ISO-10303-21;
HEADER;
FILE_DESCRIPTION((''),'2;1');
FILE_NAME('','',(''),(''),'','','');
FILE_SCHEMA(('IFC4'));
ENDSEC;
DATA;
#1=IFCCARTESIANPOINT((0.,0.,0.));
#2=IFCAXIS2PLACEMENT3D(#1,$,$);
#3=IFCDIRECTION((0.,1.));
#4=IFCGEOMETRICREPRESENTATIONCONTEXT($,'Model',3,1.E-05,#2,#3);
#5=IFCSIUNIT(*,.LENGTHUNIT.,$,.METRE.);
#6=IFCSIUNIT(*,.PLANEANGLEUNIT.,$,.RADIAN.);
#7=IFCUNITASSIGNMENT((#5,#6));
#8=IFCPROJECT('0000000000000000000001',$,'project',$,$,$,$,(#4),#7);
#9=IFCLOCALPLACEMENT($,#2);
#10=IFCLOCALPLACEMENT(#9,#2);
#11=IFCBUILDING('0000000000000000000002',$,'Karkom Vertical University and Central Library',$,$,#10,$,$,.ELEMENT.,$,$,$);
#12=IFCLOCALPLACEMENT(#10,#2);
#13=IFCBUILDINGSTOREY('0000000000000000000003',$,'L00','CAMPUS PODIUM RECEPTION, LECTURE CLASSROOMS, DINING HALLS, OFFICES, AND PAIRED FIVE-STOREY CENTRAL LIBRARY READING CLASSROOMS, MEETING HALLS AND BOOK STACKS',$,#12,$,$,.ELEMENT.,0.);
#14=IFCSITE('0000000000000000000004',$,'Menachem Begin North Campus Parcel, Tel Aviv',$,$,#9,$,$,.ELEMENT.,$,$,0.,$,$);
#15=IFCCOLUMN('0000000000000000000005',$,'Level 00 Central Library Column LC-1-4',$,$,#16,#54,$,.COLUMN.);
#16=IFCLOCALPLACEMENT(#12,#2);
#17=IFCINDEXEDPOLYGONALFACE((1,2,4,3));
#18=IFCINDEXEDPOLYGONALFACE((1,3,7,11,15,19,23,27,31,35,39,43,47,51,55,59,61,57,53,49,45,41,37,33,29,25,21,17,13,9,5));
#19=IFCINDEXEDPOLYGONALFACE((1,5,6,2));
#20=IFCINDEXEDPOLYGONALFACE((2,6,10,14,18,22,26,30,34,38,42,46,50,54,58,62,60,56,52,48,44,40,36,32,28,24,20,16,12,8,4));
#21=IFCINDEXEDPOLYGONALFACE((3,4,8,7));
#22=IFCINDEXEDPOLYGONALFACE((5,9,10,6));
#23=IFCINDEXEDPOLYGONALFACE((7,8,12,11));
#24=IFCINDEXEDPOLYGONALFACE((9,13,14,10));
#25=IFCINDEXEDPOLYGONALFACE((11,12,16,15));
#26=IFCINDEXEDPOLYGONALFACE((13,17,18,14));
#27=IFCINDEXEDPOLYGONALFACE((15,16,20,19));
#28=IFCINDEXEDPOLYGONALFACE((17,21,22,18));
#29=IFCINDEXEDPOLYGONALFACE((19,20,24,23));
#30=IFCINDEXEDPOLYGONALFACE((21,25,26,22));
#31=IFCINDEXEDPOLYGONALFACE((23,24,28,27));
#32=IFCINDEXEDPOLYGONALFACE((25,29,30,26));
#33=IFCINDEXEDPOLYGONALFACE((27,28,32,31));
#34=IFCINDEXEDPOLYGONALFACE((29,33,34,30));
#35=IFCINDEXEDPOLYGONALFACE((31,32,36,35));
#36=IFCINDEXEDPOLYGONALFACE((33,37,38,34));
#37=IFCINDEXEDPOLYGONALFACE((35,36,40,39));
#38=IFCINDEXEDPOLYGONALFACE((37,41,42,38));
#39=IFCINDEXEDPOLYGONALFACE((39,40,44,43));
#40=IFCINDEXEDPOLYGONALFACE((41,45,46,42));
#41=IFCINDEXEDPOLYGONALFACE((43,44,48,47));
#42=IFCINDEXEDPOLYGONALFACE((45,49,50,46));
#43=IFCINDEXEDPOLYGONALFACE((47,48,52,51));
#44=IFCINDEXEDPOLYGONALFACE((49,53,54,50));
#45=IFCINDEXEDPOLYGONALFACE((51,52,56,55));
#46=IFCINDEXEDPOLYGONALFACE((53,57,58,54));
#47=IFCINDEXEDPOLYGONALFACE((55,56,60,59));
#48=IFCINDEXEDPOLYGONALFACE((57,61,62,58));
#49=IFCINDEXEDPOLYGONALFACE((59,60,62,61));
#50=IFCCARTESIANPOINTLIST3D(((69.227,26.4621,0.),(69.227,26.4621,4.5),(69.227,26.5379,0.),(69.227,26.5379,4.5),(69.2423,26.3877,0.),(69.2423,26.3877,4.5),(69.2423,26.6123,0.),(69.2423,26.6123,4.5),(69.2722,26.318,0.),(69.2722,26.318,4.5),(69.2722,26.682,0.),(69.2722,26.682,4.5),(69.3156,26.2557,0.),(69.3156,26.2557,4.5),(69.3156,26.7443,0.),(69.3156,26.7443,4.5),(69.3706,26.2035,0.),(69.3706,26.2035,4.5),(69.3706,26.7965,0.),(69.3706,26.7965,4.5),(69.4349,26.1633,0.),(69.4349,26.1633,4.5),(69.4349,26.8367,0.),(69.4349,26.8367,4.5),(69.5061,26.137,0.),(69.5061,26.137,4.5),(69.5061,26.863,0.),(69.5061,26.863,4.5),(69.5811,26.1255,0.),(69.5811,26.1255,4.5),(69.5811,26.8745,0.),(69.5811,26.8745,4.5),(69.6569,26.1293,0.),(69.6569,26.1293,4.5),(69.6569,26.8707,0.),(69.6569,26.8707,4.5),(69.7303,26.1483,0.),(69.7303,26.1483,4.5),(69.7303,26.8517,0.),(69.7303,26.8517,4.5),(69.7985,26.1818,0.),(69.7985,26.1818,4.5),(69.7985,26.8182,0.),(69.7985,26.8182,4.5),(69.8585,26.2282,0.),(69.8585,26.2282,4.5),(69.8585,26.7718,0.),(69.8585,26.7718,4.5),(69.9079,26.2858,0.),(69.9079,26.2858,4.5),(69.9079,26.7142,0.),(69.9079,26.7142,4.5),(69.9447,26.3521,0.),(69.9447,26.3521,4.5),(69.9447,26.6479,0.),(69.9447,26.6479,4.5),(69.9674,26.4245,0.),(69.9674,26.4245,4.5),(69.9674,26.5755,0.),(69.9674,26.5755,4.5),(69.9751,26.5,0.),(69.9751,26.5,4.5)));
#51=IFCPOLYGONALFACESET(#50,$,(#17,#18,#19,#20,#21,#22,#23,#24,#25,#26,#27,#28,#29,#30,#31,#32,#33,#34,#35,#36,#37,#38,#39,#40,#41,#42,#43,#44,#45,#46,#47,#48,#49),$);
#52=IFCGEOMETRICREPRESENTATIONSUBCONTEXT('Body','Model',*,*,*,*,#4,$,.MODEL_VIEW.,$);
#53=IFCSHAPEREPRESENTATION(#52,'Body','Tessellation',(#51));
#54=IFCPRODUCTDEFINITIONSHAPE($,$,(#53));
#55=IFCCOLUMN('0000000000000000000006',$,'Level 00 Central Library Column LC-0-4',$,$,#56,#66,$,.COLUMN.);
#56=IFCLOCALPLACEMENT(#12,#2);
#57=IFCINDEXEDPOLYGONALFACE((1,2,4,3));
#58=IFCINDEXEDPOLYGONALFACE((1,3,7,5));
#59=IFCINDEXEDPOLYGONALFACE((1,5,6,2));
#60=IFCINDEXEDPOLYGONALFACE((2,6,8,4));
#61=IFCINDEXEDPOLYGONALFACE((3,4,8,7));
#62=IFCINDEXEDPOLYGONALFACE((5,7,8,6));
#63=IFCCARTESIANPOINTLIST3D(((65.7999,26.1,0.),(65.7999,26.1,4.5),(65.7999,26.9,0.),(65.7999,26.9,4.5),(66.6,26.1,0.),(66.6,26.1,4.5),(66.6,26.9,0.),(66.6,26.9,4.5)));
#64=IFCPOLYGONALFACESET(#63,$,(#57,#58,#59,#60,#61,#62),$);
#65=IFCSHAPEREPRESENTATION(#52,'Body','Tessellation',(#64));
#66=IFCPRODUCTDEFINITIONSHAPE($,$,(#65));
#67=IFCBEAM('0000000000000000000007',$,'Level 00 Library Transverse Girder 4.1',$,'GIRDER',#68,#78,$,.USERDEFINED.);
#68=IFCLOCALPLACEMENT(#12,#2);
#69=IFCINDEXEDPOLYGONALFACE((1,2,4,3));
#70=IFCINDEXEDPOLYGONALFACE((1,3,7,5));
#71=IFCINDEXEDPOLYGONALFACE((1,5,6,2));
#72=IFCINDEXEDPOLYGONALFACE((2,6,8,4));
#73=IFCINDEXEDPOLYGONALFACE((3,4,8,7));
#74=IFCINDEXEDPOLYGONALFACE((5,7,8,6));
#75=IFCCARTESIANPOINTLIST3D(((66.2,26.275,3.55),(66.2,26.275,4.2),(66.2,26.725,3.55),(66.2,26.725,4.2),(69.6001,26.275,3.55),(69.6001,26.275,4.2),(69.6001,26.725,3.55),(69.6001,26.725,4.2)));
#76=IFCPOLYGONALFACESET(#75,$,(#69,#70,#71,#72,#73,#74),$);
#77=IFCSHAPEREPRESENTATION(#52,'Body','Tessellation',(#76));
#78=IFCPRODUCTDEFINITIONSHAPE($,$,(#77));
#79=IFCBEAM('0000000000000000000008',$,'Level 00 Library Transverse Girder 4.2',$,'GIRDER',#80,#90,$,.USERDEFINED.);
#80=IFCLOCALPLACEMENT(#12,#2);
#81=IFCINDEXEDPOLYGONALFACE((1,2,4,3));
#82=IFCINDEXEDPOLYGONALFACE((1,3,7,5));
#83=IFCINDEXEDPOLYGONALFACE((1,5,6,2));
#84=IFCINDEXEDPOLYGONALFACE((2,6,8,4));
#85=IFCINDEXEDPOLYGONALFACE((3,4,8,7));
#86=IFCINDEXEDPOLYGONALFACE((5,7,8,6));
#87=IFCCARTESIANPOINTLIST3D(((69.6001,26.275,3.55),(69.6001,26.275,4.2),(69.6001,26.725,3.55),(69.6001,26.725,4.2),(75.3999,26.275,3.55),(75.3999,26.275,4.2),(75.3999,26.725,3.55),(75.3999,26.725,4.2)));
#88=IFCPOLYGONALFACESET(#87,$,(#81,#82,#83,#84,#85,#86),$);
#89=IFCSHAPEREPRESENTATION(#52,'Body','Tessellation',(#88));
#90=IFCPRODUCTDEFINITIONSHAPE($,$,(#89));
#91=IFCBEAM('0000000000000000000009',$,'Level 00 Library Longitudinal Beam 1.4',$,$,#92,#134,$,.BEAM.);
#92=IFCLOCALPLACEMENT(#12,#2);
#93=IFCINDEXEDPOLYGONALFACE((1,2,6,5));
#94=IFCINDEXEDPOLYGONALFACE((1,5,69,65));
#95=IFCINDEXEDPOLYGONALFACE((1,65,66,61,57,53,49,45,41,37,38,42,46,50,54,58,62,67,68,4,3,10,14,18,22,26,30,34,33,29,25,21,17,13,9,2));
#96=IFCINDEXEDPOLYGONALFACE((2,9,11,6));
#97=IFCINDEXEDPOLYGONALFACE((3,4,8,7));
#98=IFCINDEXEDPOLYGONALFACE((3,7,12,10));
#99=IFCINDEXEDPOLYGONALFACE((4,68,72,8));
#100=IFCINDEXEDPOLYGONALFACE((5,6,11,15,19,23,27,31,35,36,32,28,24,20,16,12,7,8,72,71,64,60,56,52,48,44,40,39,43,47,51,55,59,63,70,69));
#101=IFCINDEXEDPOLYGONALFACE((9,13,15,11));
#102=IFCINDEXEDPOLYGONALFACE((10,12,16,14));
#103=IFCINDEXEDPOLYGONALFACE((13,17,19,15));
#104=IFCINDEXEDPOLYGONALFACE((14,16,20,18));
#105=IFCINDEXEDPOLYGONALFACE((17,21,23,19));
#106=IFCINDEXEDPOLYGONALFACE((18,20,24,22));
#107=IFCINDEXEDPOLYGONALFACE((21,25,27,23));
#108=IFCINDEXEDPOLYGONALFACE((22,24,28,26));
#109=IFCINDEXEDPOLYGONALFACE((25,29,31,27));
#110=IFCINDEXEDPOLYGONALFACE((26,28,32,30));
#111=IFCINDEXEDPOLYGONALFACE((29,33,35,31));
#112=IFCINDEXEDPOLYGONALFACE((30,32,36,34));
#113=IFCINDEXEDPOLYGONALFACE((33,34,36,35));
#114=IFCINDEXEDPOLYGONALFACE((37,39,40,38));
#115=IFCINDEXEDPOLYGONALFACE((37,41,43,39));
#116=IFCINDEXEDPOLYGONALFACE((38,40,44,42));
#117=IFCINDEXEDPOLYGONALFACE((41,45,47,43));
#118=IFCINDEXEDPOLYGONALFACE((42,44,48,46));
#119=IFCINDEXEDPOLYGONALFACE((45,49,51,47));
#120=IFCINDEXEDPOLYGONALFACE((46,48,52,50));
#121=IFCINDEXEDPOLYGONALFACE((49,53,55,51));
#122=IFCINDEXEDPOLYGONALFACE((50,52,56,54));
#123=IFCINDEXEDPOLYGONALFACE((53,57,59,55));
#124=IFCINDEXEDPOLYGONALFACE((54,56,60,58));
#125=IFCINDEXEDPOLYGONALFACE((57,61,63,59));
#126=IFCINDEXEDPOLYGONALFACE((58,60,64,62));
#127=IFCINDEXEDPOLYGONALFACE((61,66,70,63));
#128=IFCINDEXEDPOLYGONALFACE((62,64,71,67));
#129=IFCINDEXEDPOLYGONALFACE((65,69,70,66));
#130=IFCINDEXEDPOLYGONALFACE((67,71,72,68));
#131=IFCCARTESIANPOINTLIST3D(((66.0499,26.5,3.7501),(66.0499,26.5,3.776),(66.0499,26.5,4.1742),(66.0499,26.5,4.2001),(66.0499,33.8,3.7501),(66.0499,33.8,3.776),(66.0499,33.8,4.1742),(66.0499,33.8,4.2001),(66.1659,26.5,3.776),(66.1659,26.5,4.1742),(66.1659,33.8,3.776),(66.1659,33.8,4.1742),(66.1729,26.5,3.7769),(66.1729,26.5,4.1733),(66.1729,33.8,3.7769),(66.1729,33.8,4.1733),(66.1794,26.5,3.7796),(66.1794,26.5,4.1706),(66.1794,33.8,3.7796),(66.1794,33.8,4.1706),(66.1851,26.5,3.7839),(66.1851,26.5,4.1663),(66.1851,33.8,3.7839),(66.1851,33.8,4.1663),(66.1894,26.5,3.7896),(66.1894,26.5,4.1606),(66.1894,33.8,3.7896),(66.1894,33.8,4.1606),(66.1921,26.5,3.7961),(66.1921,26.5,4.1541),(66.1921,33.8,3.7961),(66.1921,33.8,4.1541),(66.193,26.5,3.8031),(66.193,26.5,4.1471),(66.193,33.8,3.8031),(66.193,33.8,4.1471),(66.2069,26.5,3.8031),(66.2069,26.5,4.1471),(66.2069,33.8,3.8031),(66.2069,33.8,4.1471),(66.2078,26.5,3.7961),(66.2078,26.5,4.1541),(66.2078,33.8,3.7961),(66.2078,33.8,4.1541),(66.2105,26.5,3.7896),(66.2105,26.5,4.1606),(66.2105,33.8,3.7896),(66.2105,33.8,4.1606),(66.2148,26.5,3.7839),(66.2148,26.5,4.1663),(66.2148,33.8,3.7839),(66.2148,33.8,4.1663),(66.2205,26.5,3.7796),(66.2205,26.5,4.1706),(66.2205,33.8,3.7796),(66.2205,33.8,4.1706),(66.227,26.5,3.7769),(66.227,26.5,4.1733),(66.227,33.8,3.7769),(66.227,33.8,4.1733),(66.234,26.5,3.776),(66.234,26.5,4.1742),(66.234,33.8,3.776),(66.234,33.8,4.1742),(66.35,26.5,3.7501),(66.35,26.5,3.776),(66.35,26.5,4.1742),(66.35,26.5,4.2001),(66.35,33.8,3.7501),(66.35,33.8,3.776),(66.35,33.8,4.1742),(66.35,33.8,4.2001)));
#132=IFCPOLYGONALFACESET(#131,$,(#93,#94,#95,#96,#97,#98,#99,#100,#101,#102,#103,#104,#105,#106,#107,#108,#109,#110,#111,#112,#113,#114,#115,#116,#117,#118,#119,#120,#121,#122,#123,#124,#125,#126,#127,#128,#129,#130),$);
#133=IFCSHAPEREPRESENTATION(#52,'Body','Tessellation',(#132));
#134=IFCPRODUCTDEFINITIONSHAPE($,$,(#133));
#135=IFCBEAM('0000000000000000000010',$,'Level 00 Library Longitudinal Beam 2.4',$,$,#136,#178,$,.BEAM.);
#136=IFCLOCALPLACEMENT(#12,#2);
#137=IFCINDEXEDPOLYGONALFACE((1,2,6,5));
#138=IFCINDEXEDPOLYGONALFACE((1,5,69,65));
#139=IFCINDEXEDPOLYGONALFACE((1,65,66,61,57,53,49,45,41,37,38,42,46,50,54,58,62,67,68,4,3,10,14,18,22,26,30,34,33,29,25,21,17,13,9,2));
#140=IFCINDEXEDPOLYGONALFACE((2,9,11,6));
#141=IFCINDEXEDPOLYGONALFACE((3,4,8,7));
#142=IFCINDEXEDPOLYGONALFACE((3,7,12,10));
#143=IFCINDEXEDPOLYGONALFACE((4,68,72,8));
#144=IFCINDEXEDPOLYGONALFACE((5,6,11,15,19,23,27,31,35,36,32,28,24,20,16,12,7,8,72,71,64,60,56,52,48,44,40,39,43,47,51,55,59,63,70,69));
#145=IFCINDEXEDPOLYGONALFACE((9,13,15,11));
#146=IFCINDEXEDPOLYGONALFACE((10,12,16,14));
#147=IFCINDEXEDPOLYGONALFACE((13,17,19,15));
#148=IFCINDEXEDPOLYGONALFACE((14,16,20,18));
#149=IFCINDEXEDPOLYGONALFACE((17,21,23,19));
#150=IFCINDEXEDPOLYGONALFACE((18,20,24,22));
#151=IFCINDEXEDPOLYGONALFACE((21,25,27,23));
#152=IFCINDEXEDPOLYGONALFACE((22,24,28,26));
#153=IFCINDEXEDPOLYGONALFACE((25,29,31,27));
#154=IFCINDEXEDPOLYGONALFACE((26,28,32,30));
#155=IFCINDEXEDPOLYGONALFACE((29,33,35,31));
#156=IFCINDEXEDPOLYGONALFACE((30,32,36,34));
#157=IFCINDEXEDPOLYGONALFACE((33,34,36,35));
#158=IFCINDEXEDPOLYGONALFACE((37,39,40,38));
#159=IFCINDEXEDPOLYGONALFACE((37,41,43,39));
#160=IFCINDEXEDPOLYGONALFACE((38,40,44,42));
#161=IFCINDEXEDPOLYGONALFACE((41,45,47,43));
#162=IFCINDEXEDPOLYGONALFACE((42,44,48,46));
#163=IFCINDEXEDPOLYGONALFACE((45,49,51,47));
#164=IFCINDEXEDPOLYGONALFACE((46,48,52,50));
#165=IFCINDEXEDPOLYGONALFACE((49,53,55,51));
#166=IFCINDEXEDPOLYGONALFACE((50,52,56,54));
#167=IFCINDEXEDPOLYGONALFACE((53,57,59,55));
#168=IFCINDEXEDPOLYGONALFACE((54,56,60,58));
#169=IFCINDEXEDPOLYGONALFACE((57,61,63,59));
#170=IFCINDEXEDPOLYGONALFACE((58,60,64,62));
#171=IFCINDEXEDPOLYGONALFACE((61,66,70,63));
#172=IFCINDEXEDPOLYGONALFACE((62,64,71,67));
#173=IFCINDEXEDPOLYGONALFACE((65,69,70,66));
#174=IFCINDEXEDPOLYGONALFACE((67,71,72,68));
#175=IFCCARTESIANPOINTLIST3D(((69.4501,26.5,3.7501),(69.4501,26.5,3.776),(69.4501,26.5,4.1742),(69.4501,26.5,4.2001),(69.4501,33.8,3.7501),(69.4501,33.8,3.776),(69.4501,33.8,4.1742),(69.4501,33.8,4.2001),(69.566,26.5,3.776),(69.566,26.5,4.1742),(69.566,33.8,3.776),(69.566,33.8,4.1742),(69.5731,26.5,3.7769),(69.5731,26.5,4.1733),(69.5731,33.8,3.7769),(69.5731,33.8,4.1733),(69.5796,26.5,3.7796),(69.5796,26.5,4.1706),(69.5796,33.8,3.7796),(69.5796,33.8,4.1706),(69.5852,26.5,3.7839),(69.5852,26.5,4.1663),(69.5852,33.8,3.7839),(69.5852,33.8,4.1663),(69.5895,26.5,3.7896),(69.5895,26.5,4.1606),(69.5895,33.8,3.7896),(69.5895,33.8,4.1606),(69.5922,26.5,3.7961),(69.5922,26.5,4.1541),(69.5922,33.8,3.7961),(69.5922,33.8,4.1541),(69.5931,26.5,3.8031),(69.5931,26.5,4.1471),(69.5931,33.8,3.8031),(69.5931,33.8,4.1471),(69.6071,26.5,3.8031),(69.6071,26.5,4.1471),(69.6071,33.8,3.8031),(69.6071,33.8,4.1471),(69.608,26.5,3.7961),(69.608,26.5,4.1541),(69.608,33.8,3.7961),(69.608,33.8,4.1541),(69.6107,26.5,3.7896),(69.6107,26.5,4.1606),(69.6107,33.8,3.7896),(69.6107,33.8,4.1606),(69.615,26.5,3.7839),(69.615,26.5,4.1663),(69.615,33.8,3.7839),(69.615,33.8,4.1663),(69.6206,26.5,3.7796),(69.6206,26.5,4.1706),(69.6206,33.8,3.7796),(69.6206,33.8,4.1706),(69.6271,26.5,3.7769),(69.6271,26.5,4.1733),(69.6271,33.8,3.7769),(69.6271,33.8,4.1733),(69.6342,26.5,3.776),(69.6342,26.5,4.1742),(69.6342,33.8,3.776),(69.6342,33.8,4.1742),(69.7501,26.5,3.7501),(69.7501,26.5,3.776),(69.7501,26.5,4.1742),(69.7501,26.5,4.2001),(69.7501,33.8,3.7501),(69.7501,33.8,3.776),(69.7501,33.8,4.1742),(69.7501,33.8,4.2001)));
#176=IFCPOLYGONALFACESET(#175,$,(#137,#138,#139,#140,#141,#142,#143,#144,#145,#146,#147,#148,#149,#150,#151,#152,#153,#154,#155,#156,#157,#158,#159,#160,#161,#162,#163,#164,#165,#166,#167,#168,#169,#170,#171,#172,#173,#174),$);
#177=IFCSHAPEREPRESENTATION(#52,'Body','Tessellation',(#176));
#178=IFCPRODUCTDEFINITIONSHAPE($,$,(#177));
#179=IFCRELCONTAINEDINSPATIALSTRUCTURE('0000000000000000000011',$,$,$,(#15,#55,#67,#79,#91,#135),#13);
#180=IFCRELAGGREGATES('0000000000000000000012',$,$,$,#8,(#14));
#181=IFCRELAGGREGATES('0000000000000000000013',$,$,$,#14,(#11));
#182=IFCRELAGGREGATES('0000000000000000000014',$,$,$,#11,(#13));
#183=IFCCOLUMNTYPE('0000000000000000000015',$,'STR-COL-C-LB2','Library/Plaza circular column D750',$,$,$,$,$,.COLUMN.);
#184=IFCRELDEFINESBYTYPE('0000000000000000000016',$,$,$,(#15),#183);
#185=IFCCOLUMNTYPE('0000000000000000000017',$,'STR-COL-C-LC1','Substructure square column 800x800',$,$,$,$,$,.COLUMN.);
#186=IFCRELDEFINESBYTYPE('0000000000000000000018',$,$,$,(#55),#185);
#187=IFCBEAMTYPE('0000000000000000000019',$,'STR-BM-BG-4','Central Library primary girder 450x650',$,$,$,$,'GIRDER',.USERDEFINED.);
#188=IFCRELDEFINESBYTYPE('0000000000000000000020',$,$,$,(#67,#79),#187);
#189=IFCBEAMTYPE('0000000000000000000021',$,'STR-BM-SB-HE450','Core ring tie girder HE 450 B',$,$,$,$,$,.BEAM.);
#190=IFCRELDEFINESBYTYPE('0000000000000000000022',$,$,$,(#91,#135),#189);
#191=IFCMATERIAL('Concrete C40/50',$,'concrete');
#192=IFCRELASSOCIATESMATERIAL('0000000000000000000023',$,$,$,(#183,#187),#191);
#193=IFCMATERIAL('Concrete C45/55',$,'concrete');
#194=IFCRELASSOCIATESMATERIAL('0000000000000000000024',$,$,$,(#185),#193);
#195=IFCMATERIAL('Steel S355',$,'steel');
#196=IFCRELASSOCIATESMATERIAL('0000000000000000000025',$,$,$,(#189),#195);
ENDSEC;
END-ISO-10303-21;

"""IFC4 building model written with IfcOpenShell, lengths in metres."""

from ifc_helpers import new_model, si_unit, direction, frame, origin, origin_with_axes, origin_2d, place, context, subcontext, project, spatial, rectangle, circle, i_section, extrude, source, transform, mapped, material, material_profile, profile_set, type_object, element, save


model = new_model("IFC4")

# Units and contexts
model_context = context("Model", 3, precision=1e-05, world=origin(), true_north=direction((0.0, 1.0)))
body_context = subcontext(model_context, "Body", "Model", "MODEL_VIEW")
ifc_project = project(units=[si_unit("LENGTHUNIT", "METRE"), si_unit("PLANEANGLEUNIT", "RADIAN")], contexts=[model_context])

# Site, building, storey
site_placement = place(None, origin())
site = spatial("IfcSite", under=ifc_project, at=site_placement, Name="Menachem Begin North Campus Parcel, Tel Aviv", CompositionType="ELEMENT", RefElevation=0.0)
building_placement = place(site_placement, origin())
building = spatial("IfcBuilding", under=site, at=building_placement, Name="Karkom Vertical University and Central Library", CompositionType="ELEMENT")
storey_placement = place(building_placement, origin())
storey = spatial("IfcBuildingStorey", under=building, at=storey_placement, Name="L00", Description="CAMPUS PODIUM RECEPTION, LECTURE CLASSROOMS, DINING HALLS, OFFICES, AND PAIRED FIVE-STOREY CENTRAL LIBRARY READING CLASSROOMS, MEETING HALLS AND BOOK STACKS", CompositionType="ELEMENT", Elevation=0.0)

# Columns
ifc_material_1 = material(Name="Concrete C40/50", Category="concrete")
ifc_material_profile_1 = material_profile(ifc_material_1, circle(Radius=0.375, at=origin_2d()), Name="RC-D750")
ifc_profile_set_1 = profile_set([ifc_material_profile_1], Name="Concrete C40/50")
column_type_1 = type_object("IfcColumnType", Name="STR-COL-C-LB2", Description="Library/Plaza circular column D750", PredefinedType="COLUMN", material=ifc_profile_set_1)
shared_shape_1 = source(origin_with_axes(), body_context, "Body", "SweptSolid", [
    extrude(circle(Radius=0.375, at=origin_2d()), origin(), (0.0, 0.0, 1.0), 4.5),
])
column_1_placement = place(storey_placement, frame((69.6001, 26.5, 0.0), z_axis=(0.0, 0.0, 1.0), x_axis=(1.0, 0.0, 0.0)))
element("IfcColumn", 1, at=column_1_placement, inside=storey, type_object=column_type_1, Name="Level 00 Central Library Column LC-1-4", PredefinedType="COLUMN", context=body_context, shape_type="MappedRepresentation", body=[
    mapped(shared_shape_1, transform((0.0, 0.0, 0.0), scale=1.0)),
])
ifc_material_2 = material(Name="Concrete C45/55", Category="concrete")
ifc_material_profile_2 = material_profile(ifc_material_2, rectangle(XDim=0.8, YDim=0.8, at=origin_2d()), Name="RC-800x800")
ifc_profile_set_2 = profile_set([ifc_material_profile_2], Name="Concrete C45/55")
column_type_2 = type_object("IfcColumnType", Name="STR-COL-C-LC1", Description="Substructure square column 800x800", PredefinedType="COLUMN", material=ifc_profile_set_2)
shared_shape_2 = source(origin_with_axes(), body_context, "Body", "SweptSolid", [
    extrude(rectangle(XDim=0.8, YDim=0.8, at=origin_2d()), origin(), (0.0, 0.0, 1.0), 4.5),
])
column_2_placement = place(storey_placement, frame((66.2, 26.5, 0.0), z_axis=(0.0, 0.0, 1.0), x_axis=(1.0, 0.0, 0.0)))
element("IfcColumn", 2, at=column_2_placement, inside=storey, type_object=column_type_2, Name="Level 00 Central Library Column LC-0-4", PredefinedType="COLUMN", context=body_context, shape_type="MappedRepresentation", body=[
    mapped(shared_shape_2, transform((0.0, 0.0, 0.0), scale=1.0)),
])

# Beams
ifc_material_profile_3 = material_profile(ifc_material_1, rectangle(XDim=0.45, YDim=0.6499, at=origin_2d()), Name="RCB-450x650")
ifc_profile_set_3 = profile_set([ifc_material_profile_3], Name="Concrete C40/50")
beam_type_1 = type_object("IfcBeamType", Name="STR-BM-BG-4", Description="Central Library primary girder 450x650", ElementType="GIRDER", PredefinedType="USERDEFINED", material=ifc_profile_set_3)
shared_shape_3 = source(origin_with_axes(), body_context, "Body", "SweptSolid", [
    extrude(rectangle(XDim=0.45, YDim=0.6499, at=origin_2d()), origin(), (0.0, 0.0, 1.0), 3.4001),
])
beam_1_placement = place(storey_placement, frame((66.2, 26.5, 3.875), z_axis=(1.0, 0.0, 0.0), x_axis=(0.0, 1.0, 0.0)))
element("IfcBeam", 3, at=beam_1_placement, inside=storey, type_object=beam_type_1, Name="Level 00 Library Transverse Girder 4.1", ObjectType="GIRDER", PredefinedType="USERDEFINED", context=body_context, shape_type="MappedRepresentation", body=[
    mapped(shared_shape_3, transform((0.0, 0.0, 0.0), scale=1.0)),
])
shared_shape_4 = source(origin_with_axes(), body_context, "Body", "SweptSolid", [
    extrude(rectangle(XDim=0.45, YDim=0.6499, at=origin_2d()), origin(), (0.0, 0.0, 1.0), 5.7998),
])
beam_2_placement = place(storey_placement, frame((69.6001, 26.5, 3.875), z_axis=(1.0, 0.0, 0.0), x_axis=(0.0, 1.0, 0.0)))
element("IfcBeam", 4, at=beam_2_placement, inside=storey, type_object=beam_type_1, Name="Level 00 Library Transverse Girder 4.2", ObjectType="GIRDER", PredefinedType="USERDEFINED", context=body_context, shape_type="MappedRepresentation", body=[
    mapped(shared_shape_4, transform((0.0, 0.0, 0.0), scale=1.0)),
])
ifc_material_3 = material(Name="Steel S355", Category="steel")
ifc_material_profile_4 = material_profile(ifc_material_3, i_section(OverallWidth=0.3, OverallDepth=0.45, WebThickness=0.0139, FlangeThickness=0.0259, FilletRadius=0.0271, at=origin_2d()), Name="HE 450 B")
ifc_profile_set_4 = profile_set([ifc_material_profile_4], Name="Steel S355")
beam_type_2 = type_object("IfcBeamType", Name="STR-BM-SB-HE450", Description="Core ring tie girder HE 450 B", PredefinedType="BEAM", material=ifc_profile_set_4)
shared_shape_5 = source(origin_with_axes(), body_context, "Body", "SweptSolid", [
    extrude(i_section(OverallWidth=0.3, OverallDepth=0.45, WebThickness=0.0139, FlangeThickness=0.0259, FilletRadius=0.0271, at=origin_2d()), origin(), (0.0, 0.0, 1.0), 7.3),
])
for number, where, z_axis, x_axis, name in (
    (5, (66.2, 26.5, 3.9751), (0.0, 1.0, 0.0), (-1.0, 0.0, 0.0), "Level 00 Library Longitudinal Beam 1.4"),
    (6, (69.6001, 26.5, 3.9751), (0.0, 1.0, 0.0), (-1.0, 0.0, 0.0), "Level 00 Library Longitudinal Beam 2.4"),
):
    element("IfcBeam", number, at=place(storey_placement, frame(where, z_axis=z_axis, x_axis=x_axis)), inside=storey, type_object=beam_type_2, Name=name, PredefinedType="BEAM", context=body_context, shape_type="MappedRepresentation", body=[
        mapped(shared_shape_5, transform((0.0, 0.0, 0.0), scale=1.0)),
    ])

save(model, "model.ifc")
